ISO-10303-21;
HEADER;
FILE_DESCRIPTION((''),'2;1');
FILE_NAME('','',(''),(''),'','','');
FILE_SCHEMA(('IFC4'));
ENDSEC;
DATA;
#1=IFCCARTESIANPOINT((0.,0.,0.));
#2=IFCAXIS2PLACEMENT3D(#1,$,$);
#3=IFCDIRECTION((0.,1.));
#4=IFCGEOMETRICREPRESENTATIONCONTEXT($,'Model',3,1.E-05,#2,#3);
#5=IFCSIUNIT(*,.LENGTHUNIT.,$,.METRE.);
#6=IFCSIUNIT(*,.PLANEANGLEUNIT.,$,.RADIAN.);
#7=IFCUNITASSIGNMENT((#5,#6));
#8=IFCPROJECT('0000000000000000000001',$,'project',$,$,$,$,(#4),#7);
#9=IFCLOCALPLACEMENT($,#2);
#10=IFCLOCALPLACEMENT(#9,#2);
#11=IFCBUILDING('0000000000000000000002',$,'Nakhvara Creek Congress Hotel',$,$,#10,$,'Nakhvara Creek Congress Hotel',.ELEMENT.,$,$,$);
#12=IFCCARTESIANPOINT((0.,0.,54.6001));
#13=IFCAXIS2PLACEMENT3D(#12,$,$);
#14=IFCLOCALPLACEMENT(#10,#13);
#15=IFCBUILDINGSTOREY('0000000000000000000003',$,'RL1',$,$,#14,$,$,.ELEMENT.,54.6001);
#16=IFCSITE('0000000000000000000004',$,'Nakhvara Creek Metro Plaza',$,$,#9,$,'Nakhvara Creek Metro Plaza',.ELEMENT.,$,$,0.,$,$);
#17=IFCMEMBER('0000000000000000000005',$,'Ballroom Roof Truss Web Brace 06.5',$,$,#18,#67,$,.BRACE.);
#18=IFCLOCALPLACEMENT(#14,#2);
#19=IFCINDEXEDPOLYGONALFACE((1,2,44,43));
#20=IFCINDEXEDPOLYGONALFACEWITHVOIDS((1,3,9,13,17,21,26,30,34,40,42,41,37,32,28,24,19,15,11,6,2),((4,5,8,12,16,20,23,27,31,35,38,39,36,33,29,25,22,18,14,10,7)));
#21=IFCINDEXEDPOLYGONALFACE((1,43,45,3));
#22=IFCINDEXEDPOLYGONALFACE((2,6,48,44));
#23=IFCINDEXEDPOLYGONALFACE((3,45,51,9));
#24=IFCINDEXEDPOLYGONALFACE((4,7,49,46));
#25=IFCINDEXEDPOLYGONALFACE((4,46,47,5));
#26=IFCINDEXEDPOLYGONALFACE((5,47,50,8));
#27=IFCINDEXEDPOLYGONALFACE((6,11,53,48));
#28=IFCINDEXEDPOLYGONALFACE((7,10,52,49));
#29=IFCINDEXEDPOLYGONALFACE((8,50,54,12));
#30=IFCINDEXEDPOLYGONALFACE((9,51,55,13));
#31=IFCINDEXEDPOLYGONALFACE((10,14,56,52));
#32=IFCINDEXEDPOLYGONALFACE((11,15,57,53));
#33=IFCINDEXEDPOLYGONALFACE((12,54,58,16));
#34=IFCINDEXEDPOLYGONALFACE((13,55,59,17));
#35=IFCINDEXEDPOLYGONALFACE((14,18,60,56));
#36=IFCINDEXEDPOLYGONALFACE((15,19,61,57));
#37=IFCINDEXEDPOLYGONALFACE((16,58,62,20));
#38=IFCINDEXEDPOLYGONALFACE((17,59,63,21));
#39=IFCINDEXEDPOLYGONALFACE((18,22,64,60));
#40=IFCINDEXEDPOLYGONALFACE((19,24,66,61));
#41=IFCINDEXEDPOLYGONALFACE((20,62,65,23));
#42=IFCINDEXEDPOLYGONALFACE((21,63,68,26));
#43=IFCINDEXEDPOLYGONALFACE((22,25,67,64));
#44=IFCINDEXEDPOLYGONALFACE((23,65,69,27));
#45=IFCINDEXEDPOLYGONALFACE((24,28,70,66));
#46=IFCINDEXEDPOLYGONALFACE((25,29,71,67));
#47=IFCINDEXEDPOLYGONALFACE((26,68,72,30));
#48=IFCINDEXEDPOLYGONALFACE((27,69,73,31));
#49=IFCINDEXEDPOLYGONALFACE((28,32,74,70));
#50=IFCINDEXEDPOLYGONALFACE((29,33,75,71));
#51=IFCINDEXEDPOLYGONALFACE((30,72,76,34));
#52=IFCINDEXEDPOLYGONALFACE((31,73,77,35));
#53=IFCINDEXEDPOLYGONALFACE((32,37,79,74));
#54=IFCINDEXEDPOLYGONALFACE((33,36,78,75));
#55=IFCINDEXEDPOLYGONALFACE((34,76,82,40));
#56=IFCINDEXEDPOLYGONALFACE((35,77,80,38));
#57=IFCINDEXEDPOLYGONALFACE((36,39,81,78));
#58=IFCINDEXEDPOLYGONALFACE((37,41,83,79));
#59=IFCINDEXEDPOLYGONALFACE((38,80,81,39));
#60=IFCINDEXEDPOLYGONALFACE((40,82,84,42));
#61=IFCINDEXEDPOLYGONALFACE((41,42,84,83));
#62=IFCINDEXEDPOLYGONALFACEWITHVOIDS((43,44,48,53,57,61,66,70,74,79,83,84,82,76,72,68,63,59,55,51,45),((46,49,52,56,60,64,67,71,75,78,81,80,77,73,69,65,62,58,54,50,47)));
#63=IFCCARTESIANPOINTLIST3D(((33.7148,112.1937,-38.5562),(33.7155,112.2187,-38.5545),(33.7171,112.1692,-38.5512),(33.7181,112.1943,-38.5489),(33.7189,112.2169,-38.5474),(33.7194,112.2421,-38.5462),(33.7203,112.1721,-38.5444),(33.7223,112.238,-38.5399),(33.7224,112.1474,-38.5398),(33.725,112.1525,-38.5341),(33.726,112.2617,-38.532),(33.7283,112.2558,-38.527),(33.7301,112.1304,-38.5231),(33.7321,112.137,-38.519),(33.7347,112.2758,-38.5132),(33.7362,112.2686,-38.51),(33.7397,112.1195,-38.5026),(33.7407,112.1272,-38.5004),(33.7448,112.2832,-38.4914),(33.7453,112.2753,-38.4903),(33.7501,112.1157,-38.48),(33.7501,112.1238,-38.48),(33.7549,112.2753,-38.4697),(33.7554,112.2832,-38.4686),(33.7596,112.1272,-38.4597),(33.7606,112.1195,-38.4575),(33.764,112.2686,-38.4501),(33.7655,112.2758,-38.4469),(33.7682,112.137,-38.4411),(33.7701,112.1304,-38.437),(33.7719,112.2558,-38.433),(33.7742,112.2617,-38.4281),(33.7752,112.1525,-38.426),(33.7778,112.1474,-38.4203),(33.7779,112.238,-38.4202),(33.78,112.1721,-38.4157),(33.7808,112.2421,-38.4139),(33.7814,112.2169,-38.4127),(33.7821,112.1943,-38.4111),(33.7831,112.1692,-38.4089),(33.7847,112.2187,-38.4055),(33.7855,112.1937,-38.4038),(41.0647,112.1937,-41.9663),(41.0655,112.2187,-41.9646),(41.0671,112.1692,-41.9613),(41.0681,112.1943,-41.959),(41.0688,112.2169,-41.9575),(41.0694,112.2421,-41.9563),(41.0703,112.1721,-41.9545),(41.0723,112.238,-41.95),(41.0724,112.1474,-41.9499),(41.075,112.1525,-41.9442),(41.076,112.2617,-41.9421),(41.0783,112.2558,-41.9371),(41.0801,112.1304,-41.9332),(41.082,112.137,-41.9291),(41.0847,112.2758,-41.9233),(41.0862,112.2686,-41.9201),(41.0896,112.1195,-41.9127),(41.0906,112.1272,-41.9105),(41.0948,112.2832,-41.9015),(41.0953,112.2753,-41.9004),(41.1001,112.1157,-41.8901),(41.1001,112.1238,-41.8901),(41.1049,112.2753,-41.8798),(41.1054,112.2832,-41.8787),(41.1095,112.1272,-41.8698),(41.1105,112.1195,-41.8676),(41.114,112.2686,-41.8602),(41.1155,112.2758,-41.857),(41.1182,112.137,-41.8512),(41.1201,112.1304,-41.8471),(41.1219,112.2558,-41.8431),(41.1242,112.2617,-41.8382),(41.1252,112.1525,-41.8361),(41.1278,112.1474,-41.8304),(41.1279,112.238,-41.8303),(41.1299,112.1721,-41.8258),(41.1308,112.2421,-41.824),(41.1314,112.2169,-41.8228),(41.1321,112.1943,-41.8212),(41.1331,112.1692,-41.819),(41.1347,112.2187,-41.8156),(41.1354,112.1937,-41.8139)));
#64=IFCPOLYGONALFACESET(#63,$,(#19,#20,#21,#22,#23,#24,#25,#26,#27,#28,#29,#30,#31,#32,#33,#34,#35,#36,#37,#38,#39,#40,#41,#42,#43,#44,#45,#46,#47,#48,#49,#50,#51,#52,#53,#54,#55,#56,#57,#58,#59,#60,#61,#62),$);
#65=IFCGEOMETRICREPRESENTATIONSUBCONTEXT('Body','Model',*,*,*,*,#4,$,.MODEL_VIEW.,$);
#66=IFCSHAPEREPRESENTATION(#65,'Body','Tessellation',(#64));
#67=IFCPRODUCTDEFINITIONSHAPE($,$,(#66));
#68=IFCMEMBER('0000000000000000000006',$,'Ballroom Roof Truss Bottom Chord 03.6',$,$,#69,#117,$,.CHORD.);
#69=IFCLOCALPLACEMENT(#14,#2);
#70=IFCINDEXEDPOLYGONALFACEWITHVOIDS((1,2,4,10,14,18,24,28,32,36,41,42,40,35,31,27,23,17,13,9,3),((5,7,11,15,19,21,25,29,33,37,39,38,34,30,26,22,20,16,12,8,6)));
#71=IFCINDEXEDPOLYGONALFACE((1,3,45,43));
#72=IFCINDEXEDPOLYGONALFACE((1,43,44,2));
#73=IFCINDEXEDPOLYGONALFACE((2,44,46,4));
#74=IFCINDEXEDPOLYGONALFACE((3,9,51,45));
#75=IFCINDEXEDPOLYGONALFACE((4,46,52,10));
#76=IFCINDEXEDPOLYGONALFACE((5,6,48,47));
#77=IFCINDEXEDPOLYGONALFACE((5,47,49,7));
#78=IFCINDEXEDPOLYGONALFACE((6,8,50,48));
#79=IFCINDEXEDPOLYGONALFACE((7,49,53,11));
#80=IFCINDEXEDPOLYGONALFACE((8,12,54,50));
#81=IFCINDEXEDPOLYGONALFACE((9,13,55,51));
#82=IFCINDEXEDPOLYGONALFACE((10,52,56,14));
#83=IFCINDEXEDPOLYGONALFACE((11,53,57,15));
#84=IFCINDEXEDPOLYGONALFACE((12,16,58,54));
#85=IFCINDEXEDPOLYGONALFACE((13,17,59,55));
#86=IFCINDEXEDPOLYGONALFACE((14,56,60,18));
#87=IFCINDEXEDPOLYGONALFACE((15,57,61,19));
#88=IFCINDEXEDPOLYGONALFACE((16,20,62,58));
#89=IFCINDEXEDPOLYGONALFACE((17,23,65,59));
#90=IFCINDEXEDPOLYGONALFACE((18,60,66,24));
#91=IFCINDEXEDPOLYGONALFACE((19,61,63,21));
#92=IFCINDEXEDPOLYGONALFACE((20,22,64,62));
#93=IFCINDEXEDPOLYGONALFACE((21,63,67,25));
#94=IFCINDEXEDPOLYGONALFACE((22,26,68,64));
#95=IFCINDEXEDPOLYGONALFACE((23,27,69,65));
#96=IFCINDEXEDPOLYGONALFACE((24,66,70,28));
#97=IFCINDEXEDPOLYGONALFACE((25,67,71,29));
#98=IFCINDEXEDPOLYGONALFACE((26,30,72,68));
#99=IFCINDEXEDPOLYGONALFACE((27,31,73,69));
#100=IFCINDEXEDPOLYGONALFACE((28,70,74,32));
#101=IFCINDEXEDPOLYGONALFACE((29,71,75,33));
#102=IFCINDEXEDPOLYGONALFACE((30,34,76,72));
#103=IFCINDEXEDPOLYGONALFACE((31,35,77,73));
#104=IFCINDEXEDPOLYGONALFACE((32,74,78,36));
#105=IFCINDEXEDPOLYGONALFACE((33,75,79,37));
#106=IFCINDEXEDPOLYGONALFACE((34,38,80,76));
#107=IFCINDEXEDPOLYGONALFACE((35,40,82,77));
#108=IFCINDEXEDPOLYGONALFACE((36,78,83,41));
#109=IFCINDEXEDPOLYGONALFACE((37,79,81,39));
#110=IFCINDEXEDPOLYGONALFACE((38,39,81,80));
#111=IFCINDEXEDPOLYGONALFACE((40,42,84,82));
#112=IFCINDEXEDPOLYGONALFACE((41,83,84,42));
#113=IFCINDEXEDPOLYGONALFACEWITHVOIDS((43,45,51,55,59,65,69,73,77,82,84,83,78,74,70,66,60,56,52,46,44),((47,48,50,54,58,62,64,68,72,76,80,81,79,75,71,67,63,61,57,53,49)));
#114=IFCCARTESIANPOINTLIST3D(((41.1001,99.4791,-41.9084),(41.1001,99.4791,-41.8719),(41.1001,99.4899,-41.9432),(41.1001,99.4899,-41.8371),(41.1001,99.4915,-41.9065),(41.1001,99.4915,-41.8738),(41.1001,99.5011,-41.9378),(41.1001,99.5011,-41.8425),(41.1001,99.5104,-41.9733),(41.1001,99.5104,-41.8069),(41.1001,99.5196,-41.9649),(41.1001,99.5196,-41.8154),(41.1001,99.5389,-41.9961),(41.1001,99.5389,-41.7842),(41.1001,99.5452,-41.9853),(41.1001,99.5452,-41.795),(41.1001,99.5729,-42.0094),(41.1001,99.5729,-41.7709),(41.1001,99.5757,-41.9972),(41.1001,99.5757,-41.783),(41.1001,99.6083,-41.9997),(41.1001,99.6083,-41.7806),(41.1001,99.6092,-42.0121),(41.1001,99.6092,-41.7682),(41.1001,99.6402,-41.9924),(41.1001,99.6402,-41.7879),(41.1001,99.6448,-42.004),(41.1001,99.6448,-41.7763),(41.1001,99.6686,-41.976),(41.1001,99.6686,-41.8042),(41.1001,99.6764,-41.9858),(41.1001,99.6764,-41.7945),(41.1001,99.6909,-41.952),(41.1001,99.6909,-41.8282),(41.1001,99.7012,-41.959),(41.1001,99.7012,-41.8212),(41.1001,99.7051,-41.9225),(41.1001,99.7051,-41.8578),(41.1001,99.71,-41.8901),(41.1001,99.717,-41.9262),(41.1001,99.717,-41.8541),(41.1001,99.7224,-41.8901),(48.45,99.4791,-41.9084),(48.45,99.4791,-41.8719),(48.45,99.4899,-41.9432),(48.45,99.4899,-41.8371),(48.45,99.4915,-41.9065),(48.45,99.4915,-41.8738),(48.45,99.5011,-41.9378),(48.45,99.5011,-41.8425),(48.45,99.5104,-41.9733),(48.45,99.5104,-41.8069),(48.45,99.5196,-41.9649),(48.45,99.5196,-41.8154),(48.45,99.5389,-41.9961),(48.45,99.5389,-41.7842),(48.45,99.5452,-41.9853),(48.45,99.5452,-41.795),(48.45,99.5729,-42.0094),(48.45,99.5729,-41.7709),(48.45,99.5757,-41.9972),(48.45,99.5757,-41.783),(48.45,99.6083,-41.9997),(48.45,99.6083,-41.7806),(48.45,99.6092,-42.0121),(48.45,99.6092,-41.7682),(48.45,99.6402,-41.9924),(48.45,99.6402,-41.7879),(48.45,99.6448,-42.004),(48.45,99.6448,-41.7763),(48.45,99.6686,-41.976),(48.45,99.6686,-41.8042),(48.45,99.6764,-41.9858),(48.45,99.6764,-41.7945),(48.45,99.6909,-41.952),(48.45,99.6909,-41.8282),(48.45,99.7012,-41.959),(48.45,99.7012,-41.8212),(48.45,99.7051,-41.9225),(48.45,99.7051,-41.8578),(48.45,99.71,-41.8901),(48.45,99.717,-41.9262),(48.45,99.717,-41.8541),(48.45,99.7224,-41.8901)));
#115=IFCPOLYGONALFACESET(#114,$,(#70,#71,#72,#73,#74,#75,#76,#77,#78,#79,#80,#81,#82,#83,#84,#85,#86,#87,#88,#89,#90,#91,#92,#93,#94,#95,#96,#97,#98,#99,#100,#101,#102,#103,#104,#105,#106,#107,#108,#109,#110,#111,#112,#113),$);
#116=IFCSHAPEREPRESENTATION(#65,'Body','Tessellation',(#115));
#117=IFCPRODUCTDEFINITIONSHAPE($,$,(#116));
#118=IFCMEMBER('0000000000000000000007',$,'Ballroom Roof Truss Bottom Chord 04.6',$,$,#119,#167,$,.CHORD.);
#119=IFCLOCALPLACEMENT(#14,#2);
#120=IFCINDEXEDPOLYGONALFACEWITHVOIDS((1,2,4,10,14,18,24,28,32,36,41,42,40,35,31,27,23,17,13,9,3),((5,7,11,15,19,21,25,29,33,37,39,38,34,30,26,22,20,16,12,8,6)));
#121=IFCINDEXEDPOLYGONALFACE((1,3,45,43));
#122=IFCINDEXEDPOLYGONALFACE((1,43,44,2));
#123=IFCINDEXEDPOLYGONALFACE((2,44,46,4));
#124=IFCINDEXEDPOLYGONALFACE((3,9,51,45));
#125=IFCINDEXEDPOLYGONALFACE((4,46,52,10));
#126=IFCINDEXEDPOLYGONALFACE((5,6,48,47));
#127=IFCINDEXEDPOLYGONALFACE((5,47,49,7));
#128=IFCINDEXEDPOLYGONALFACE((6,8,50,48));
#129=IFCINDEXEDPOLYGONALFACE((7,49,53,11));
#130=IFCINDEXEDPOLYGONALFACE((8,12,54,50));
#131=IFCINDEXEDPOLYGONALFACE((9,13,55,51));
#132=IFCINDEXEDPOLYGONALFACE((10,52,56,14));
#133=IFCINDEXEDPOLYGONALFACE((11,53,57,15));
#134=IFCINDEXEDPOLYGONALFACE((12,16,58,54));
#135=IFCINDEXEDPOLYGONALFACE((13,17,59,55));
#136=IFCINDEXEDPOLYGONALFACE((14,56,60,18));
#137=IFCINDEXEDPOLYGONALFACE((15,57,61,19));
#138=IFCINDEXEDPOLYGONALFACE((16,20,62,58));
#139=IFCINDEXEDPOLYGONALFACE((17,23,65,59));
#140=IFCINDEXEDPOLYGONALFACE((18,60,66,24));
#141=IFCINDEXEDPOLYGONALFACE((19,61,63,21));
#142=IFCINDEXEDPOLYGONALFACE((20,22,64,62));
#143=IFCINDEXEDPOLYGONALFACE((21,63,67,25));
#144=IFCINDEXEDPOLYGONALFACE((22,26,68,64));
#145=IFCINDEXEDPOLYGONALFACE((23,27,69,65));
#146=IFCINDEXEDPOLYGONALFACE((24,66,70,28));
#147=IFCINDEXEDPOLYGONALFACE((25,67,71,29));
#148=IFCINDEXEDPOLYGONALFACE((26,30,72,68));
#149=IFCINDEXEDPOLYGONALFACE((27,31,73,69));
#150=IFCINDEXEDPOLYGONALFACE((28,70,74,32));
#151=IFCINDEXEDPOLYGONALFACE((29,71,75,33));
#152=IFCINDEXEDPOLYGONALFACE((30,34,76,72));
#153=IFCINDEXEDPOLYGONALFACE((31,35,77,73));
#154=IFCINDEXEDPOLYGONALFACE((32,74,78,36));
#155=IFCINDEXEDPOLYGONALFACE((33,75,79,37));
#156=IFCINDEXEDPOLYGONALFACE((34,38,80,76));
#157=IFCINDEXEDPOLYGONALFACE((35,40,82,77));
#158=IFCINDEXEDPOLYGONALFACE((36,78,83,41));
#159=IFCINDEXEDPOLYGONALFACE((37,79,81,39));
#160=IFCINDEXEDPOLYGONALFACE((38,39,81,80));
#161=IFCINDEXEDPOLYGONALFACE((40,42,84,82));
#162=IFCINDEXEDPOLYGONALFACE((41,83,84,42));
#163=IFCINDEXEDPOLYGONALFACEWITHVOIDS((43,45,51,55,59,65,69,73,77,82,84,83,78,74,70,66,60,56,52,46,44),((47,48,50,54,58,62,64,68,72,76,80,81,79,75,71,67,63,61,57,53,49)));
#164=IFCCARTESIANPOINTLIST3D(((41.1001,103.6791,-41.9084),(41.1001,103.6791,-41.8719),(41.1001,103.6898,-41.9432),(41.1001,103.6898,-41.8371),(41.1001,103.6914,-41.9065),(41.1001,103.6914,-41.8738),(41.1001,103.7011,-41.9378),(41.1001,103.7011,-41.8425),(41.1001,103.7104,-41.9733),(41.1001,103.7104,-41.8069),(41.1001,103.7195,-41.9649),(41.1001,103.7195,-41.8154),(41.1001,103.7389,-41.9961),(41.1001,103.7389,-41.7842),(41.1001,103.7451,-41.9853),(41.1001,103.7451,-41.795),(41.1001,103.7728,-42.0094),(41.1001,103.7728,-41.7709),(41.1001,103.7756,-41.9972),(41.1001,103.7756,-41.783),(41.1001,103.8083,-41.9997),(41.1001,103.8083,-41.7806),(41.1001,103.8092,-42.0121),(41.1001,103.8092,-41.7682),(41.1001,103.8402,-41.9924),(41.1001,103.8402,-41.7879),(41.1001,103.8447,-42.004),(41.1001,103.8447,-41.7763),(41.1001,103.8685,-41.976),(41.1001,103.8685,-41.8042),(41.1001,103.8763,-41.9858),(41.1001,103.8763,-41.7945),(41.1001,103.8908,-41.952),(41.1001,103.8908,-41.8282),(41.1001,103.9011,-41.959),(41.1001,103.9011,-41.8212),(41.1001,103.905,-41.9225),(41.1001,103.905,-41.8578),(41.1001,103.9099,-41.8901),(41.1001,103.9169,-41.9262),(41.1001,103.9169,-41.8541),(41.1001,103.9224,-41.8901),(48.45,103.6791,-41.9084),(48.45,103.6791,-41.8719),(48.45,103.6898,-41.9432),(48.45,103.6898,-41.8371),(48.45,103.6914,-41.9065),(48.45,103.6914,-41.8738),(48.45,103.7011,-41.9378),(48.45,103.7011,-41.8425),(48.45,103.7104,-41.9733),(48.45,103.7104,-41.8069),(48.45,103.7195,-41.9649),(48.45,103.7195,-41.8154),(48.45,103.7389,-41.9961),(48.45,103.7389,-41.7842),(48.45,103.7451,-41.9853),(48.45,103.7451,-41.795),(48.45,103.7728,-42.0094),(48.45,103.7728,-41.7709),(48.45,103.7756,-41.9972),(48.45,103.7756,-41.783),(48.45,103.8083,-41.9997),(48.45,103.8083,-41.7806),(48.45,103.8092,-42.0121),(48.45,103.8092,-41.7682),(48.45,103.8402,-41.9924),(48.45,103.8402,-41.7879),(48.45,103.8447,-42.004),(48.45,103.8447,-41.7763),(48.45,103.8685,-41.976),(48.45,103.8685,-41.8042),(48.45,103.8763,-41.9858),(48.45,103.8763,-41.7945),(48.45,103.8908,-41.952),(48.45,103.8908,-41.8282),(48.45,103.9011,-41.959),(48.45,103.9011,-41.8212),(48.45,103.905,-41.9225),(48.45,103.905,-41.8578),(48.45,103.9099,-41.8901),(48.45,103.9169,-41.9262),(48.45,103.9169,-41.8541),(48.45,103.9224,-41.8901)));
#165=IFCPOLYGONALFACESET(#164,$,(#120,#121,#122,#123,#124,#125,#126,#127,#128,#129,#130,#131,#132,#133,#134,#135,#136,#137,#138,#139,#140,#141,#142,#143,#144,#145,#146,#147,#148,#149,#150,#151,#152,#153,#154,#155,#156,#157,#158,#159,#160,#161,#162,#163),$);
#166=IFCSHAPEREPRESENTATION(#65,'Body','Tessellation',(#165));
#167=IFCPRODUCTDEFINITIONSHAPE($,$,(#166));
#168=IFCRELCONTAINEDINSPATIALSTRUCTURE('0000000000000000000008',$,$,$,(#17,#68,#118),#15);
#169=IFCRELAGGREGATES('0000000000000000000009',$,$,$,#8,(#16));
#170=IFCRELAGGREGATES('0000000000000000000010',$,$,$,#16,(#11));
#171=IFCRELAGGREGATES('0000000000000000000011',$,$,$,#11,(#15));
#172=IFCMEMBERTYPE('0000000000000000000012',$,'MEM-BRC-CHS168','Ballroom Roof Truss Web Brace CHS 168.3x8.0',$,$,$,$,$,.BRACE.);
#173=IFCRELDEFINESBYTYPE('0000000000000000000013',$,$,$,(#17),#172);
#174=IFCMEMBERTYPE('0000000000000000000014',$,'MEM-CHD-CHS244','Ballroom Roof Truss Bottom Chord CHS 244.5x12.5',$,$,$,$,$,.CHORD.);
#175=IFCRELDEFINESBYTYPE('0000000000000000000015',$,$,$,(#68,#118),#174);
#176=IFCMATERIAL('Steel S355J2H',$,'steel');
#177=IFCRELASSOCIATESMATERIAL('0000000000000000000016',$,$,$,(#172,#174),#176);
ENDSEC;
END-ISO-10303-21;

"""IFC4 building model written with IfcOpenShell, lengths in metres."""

from ifc_helpers import new_model, si_unit, direction, frame, origin, origin_2d, place, context, subcontext, project, spatial, hollow_circle, extrude, material, material_profile, profile_set, type_object, element, save


model = new_model("IFC4")

# Units and contexts
model_context = context("Model", 3, precision=1e-05, world=origin(), true_north=direction((0.0, 1.0)))
body_context = subcontext(model_context, "Body", "Model", "MODEL_VIEW")
ifc_project = project(units=[si_unit("LENGTHUNIT", "METRE"), si_unit("PLANEANGLEUNIT", "RADIAN")], contexts=[model_context])

# Site, building, storey
site_placement = place(None, origin())
site = spatial("IfcSite", under=ifc_project, at=site_placement, Name="Nakhvara Creek Metro Plaza", LongName="Nakhvara Creek Metro Plaza", CompositionType="ELEMENT", RefElevation=0.0)
building_placement = place(site_placement, origin())
building = spatial("IfcBuilding", under=site, at=building_placement, Name="Nakhvara Creek Congress Hotel", LongName="Nakhvara Creek Congress Hotel", CompositionType="ELEMENT")
storey_placement = place(building_placement, frame((0.0, 0.0, 54.6001)))
storey = spatial("IfcBuildingStorey", under=building, at=storey_placement, Name="RL1", CompositionType="ELEMENT", Elevation=54.6001)

# Members
ifc_material_1 = material(Name="Steel S355J2H", Category="steel")
ifc_material_profile_1 = material_profile(ifc_material_1, hollow_circle(Radius=0.0842, WallThickness=0.0081, at=origin_2d()), Name="CHS 168.3x8.0", Category="LoadBearing")
ifc_profile_set_1 = profile_set([ifc_material_profile_1], Name="Steel S355J2H")
member_type_1 = type_object("IfcMemberType", Name="MEM-BRC-CHS168", Description="Ballroom Roof Truss Web Brace CHS 168.3x8.0", PredefinedType="BRACE", material=ifc_profile_set_1)
member_1_placement = place(storey_placement, frame((41.1001, 112.2, -41.8901), z_axis=(-0.907122, 0.0, 0.420869), x_axis=(0.0, -1.0, 0.0)))
element("IfcMember", 1, at=member_1_placement, inside=storey, type_object=member_type_1, Name="Ballroom Roof Truss Web Brace 06.5", PredefinedType="BRACE", context=body_context, shape_type="SweptSolid", body=[
    extrude(hollow_circle(Radius=0.0842, WallThickness=0.0081, at=origin_2d()), origin(), (0.0, 0.0, 1.0), 8.1025),
])
ifc_material_profile_2 = material_profile(ifc_material_1, hollow_circle(Radius=0.1223, WallThickness=0.0125, at=origin_2d()), Name="CHS 244.5x12.5", Category="LoadBearing")
ifc_profile_set_2 = profile_set([ifc_material_profile_2], Name="Steel S355J2H")
member_type_2 = type_object("IfcMemberType", Name="MEM-CHD-CHS244", Description="Ballroom Roof Truss Bottom Chord CHS 244.5x12.5", PredefinedType="CHORD", material=ifc_profile_set_2)
for number, where, z_axis, x_axis, name in (
    (2, (41.1001, 99.6001, -41.8901), (1.0, 0.0, 0.0), (0.0, 1.0, 0.0), "Ballroom Roof Truss Bottom Chord 03.6"),
    (3, (41.1001, 103.8, -41.8901), (1.0, 0.0, 0.0), (0.0, 1.0, 0.0), "Ballroom Roof Truss Bottom Chord 04.6"),
):
    element("IfcMember", number, at=place(storey_placement, frame(where, z_axis=z_axis, x_axis=x_axis)), inside=storey, type_object=member_type_2, Name=name, PredefinedType="CHORD", context=body_context, shape_type="SweptSolid", body=[
        extrude(hollow_circle(Radius=0.1223, WallThickness=0.0125, at=origin_2d()), origin(), (0.0, 0.0, 1.0), 7.3499),
    ])

save(model, "model.ifc")
